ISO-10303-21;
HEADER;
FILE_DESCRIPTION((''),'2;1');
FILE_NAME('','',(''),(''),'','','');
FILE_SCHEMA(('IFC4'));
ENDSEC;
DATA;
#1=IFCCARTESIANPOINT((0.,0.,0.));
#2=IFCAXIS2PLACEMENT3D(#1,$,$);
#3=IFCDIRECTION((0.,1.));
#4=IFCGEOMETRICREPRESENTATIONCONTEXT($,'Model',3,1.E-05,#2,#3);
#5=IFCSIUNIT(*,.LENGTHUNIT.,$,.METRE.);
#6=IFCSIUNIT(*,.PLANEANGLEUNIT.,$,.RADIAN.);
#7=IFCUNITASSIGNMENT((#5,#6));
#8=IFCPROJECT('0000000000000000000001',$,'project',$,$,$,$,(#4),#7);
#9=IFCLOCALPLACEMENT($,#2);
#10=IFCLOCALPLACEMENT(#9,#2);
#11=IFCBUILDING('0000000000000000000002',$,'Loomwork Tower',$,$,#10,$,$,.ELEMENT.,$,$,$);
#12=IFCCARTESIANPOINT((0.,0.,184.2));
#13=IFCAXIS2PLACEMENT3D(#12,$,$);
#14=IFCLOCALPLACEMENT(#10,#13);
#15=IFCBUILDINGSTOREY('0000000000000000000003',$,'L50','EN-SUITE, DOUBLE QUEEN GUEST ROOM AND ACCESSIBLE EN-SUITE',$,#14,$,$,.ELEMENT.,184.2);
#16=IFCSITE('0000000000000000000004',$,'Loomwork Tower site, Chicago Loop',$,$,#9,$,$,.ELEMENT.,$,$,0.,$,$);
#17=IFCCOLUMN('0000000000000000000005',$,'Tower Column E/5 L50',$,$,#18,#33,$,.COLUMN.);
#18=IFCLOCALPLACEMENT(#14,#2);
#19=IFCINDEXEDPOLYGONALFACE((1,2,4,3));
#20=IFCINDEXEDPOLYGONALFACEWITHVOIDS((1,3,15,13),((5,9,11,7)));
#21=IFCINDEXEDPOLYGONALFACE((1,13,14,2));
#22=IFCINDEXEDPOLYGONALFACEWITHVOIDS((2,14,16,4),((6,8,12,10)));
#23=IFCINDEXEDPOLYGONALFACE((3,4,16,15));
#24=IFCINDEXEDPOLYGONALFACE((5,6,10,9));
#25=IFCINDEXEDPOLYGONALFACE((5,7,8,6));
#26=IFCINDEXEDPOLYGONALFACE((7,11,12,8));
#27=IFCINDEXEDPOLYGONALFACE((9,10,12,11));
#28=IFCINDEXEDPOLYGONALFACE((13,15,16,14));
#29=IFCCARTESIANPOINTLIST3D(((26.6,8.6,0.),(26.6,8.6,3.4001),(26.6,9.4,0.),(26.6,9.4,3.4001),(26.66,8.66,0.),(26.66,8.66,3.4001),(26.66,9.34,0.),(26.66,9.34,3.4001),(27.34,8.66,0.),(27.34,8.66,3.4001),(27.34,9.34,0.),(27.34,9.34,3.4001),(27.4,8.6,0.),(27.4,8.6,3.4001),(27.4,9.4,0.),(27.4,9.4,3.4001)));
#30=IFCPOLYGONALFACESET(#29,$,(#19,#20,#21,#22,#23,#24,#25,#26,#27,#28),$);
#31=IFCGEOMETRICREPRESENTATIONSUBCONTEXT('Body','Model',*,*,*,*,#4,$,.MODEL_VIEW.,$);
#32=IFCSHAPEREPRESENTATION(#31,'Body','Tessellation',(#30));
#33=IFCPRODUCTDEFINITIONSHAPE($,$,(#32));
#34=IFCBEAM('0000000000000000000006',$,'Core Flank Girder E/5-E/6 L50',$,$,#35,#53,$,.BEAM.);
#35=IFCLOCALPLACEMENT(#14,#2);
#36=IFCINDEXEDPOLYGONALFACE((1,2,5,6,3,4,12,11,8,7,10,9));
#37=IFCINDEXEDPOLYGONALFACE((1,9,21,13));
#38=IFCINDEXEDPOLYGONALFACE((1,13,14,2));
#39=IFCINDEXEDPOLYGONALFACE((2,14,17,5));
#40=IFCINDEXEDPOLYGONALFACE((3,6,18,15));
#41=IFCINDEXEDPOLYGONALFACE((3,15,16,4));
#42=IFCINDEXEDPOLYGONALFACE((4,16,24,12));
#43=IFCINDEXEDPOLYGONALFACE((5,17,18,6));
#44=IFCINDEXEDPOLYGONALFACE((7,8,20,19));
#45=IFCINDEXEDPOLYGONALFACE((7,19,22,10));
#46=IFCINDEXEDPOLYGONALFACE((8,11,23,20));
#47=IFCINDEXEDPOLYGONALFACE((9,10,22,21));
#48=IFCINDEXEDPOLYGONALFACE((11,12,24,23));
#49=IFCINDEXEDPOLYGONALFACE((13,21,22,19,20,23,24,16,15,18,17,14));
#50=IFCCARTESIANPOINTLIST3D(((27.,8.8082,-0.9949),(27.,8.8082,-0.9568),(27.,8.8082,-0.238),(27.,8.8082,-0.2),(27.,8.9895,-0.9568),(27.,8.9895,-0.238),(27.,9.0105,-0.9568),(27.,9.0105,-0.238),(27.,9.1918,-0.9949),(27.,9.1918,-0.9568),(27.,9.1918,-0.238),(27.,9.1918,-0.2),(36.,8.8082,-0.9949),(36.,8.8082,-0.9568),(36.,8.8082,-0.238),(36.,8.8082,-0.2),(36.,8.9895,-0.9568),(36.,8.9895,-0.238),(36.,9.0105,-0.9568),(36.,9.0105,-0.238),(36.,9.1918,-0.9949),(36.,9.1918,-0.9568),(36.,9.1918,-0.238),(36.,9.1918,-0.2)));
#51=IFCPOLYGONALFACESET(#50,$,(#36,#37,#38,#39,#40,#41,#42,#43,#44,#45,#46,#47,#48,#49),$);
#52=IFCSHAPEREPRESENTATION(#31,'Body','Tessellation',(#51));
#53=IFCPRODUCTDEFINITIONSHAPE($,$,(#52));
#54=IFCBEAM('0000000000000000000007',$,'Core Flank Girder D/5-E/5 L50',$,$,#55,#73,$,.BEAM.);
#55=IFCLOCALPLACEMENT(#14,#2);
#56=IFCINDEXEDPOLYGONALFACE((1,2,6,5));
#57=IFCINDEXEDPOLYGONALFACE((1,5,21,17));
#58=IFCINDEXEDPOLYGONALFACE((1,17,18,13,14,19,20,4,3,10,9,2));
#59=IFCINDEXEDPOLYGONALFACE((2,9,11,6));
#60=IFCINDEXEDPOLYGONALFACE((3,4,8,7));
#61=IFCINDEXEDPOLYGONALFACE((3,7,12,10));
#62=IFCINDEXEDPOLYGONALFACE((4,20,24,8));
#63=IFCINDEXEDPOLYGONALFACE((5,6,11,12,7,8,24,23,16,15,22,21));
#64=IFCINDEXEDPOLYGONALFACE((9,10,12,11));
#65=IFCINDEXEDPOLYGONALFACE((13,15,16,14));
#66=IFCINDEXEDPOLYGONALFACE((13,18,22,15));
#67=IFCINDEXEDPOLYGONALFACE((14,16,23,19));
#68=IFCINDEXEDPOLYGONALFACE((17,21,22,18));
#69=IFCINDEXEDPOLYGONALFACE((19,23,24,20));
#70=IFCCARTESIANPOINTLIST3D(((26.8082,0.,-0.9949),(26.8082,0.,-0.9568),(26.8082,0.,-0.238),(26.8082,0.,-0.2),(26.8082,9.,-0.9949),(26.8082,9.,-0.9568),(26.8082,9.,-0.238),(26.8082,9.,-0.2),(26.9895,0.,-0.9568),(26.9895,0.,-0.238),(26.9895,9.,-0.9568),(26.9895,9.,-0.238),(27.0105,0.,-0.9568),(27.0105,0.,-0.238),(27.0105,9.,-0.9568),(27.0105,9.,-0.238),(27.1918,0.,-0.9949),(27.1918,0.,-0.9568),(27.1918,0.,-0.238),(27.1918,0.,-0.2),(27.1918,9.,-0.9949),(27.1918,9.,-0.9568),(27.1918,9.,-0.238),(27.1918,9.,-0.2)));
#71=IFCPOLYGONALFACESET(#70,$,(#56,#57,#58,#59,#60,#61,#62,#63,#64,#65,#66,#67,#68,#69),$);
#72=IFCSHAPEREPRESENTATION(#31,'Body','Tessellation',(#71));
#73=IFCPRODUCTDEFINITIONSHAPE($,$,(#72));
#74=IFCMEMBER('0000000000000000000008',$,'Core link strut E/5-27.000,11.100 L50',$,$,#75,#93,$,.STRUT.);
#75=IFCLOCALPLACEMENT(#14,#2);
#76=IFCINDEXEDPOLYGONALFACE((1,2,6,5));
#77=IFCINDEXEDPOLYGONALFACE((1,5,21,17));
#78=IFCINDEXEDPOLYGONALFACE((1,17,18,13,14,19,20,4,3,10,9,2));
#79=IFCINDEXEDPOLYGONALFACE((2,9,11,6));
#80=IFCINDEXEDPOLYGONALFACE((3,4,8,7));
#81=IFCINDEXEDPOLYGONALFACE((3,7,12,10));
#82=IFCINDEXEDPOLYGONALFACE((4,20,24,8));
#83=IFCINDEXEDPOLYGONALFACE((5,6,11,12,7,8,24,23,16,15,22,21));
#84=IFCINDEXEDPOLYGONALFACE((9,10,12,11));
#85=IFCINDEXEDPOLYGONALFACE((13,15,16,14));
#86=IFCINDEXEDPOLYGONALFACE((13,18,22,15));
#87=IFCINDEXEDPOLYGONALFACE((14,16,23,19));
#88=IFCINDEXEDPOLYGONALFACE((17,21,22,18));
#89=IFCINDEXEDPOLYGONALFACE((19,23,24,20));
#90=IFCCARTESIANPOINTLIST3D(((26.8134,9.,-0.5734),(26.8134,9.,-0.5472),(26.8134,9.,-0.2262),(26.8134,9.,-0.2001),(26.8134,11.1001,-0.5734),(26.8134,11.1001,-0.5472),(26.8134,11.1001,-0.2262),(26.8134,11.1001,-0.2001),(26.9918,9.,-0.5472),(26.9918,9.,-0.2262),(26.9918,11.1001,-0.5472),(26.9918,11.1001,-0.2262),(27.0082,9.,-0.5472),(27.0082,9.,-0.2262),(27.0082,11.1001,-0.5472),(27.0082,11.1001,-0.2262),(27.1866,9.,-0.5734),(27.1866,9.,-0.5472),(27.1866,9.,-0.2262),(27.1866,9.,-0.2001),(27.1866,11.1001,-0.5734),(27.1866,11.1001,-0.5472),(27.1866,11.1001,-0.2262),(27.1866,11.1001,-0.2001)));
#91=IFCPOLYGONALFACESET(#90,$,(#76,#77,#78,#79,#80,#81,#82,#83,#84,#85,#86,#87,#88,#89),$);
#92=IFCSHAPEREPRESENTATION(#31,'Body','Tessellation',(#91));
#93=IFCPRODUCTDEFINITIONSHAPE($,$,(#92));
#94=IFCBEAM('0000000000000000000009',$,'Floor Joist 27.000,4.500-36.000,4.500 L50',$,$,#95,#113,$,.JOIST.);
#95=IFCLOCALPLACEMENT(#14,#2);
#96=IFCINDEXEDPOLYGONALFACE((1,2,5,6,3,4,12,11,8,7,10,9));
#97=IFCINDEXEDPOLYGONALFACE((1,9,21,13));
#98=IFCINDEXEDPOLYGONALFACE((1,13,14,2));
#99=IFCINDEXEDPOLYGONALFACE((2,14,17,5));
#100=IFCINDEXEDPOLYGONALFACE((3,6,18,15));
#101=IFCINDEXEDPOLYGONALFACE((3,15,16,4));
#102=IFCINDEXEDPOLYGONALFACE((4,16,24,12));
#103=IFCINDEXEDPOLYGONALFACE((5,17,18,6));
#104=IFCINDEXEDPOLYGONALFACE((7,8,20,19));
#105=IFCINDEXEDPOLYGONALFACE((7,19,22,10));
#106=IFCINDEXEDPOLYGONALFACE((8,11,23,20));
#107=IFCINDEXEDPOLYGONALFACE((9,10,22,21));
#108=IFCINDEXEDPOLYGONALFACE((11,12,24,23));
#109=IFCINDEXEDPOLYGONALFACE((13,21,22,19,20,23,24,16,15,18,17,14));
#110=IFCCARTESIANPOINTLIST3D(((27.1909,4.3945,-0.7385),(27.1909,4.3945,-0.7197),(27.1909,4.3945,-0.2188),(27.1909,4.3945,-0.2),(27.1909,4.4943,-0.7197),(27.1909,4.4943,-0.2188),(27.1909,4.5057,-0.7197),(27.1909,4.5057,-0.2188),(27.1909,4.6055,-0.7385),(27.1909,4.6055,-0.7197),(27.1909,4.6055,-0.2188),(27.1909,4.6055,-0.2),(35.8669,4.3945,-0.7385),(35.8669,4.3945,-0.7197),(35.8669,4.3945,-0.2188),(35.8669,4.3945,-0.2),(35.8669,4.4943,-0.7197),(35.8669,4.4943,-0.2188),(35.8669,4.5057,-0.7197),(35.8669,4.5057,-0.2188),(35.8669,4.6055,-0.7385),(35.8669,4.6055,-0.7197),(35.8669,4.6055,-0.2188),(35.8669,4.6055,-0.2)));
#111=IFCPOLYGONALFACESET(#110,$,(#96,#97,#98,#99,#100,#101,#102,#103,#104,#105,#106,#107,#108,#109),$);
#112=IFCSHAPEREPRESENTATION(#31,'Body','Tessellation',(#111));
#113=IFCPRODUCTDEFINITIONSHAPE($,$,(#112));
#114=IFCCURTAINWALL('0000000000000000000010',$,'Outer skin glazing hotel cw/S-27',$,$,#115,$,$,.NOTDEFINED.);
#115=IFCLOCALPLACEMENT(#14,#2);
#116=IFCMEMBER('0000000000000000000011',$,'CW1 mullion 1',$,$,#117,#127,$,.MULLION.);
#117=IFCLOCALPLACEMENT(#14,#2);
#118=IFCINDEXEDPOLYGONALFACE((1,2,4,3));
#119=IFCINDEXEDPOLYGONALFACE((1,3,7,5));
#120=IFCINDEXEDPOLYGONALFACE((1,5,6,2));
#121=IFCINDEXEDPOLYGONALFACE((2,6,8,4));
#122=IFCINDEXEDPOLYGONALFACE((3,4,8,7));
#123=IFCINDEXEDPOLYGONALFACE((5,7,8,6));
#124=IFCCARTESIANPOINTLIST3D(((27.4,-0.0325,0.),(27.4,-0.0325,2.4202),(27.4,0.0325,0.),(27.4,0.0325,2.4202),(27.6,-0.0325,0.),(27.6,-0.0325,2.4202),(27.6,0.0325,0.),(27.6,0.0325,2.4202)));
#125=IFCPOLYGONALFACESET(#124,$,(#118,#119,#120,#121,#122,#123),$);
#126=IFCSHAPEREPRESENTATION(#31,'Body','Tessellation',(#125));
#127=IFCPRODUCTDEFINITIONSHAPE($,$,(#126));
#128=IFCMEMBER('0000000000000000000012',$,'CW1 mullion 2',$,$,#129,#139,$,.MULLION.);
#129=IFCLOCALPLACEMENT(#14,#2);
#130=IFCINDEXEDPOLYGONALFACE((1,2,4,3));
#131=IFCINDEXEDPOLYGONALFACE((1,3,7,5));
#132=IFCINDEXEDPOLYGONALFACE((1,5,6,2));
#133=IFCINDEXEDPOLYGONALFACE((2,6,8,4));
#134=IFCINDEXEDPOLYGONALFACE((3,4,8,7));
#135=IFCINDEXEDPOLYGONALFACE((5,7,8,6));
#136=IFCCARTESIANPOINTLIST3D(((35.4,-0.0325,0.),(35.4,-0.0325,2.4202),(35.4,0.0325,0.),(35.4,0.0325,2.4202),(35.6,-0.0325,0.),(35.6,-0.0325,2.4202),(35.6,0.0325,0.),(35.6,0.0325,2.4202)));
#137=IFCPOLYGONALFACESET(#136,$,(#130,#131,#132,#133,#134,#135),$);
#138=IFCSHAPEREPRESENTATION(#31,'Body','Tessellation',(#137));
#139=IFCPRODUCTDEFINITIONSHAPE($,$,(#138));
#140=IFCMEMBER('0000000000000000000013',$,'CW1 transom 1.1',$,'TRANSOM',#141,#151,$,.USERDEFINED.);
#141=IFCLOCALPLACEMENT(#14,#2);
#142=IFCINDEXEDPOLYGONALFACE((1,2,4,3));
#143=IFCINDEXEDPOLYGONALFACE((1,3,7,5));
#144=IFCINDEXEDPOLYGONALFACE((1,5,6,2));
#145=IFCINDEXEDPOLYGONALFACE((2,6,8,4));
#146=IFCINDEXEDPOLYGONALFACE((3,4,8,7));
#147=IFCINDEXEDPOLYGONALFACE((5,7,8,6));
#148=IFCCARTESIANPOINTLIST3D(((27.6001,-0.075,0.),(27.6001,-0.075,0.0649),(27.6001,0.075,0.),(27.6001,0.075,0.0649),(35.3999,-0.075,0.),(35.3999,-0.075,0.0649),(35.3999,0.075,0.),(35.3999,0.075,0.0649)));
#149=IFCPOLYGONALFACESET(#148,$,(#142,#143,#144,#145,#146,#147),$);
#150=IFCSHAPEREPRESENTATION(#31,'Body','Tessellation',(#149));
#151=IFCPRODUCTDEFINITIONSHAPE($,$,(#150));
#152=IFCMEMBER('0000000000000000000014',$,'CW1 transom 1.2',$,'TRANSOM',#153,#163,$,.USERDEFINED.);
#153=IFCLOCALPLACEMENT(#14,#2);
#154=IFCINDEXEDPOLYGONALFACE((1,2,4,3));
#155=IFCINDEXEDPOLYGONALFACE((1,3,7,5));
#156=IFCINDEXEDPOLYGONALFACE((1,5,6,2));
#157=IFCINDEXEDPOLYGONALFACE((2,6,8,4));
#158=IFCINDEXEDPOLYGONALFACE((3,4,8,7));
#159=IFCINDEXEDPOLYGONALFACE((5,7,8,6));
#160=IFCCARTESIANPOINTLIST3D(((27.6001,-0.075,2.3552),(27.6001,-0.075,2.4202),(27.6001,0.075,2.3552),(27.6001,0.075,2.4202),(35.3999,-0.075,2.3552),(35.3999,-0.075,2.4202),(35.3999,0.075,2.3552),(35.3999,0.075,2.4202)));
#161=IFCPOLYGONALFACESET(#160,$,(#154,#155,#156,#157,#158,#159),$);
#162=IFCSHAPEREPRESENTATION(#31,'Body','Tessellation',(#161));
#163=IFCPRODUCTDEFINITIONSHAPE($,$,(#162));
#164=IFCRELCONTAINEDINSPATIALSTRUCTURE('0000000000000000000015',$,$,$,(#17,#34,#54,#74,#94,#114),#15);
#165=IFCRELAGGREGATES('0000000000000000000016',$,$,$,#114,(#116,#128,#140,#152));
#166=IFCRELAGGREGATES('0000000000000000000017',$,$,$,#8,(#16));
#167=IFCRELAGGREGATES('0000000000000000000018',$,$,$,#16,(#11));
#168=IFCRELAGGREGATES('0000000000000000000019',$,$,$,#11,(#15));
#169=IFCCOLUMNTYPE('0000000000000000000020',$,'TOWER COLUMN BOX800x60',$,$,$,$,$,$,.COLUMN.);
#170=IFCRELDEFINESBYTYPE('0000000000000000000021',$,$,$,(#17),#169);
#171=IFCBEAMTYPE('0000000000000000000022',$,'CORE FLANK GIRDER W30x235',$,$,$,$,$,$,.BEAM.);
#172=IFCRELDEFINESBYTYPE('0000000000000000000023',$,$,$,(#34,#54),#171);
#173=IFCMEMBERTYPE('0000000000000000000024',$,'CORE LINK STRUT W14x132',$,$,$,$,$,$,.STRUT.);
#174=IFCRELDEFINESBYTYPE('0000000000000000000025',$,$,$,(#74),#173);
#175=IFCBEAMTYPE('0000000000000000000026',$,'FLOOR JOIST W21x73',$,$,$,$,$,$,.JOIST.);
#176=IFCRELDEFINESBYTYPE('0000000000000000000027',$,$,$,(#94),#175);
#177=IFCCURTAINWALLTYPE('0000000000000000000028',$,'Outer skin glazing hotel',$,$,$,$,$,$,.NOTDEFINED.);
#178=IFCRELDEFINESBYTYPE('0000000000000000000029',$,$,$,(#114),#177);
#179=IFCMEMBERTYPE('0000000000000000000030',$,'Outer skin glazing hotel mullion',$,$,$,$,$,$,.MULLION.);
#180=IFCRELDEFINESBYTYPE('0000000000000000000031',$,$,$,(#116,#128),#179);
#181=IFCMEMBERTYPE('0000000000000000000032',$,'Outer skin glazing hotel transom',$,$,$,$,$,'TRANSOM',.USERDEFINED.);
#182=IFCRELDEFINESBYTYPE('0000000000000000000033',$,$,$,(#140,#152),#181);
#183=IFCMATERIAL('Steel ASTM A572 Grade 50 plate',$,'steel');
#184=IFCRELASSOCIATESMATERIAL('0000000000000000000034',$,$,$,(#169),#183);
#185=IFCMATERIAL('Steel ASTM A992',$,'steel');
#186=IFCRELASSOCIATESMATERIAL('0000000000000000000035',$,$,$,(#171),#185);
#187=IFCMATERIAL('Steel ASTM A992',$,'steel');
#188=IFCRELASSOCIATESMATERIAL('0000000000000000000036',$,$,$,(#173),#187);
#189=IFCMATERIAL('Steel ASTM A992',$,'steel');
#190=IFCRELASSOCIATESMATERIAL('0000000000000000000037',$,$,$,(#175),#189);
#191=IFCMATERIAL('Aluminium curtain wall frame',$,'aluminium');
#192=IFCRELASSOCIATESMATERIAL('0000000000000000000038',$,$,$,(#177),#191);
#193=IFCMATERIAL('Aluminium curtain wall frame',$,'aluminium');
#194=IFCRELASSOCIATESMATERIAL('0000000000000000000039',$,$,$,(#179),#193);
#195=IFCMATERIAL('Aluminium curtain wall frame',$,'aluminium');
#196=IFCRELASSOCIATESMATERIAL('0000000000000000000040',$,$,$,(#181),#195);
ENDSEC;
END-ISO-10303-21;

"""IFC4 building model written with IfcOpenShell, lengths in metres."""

from ifc_helpers import new_model, si_unit, direction, frame, origin, origin_2d, place, context, subcontext, project, spatial, rectangle, hollow_rectangle, i_section, extrude, material, material_profile, profile_set, type_object, element, aggregate, save


model = new_model("IFC4")

# Units and contexts
model_context = context("Model", 3, precision=1e-05, world=origin(), true_north=direction((0.0, 1.0)))
body_context = subcontext(model_context, "Body", "Model", "MODEL_VIEW")
ifc_project = project(units=[si_unit("LENGTHUNIT", "METRE"), si_unit("PLANEANGLEUNIT", "RADIAN")], contexts=[model_context])

# Site, building, storey
site_placement = place(None, origin())
site = spatial("IfcSite", under=ifc_project, at=site_placement, Name="Loomwork Tower site, Chicago Loop", CompositionType="ELEMENT", RefElevation=0.0)
building_placement = place(site_placement, origin())
building = spatial("IfcBuilding", under=site, at=building_placement, Name="Loomwork Tower", CompositionType="ELEMENT")
storey_placement = place(building_placement, frame((0.0, 0.0, 184.2)))
storey = spatial("IfcBuildingStorey", under=building, at=storey_placement, Name="L50", Description="EN-SUITE, DOUBLE QUEEN GUEST ROOM AND ACCESSIBLE EN-SUITE", CompositionType="ELEMENT", Elevation=184.2)

# Column
ifc_material_1 = material(Name="Steel ASTM A572 Grade 50 plate", Category="steel")
ifc_material_profile_1 = material_profile(ifc_material_1, hollow_rectangle(XDim=0.8, YDim=0.8, WallThickness=0.0601, at=origin_2d()), Name="BOX800x60")
ifc_profile_set_1 = profile_set([ifc_material_profile_1], Name="Steel ASTM A572 Grade 50 plate")
column_type = type_object("IfcColumnType", Name="TOWER COLUMN BOX800x60", PredefinedType="COLUMN", material=ifc_profile_set_1)
column_placement = place(storey_placement, frame((27.0, 9.0, 0.0), z_axis=(0.0, 0.0, 1.0), x_axis=(1.0, 0.0, 0.0)))
element("IfcColumn", 1, at=column_placement, inside=storey, type_object=column_type, Name="Tower Column E/5 L50", PredefinedType="COLUMN", context=body_context, shape_type="SweptSolid", body=[
    extrude(hollow_rectangle(XDim=0.8, YDim=0.8, WallThickness=0.0601, at=origin_2d()), origin(), (0.0, 0.0, 1.0), 3.4001),
])

# Beams
ifc_material_2 = material(Name="Steel ASTM A992", Category="steel")
ifc_material_profile_2 = material_profile(ifc_material_2, i_section(OverallWidth=0.3835, OverallDepth=0.7949, WebThickness=0.021, FlangeThickness=0.0381, at=origin_2d()), Name="W30x235")
ifc_profile_set_2 = profile_set([ifc_material_profile_2], Name="Steel ASTM A992")
beam_type_1 = type_object("IfcBeamType", Name="CORE FLANK GIRDER W30x235", PredefinedType="BEAM", material=ifc_profile_set_2)
for number, where, z_axis, x_axis, name in (
    (2, (27.0, 9.0, -0.5974), (1.0, 0.0, 0.0), (0.0, 1.0, 0.0), "Core Flank Girder E/5-E/6 L50"),
    (3, (27.0, 0.0, -0.5974), (0.0, 1.0, 0.0), (-1.0, 0.0, 0.0), "Core Flank Girder D/5-E/5 L50"),
):
    element("IfcBeam", number, at=place(storey_placement, frame(where, z_axis=z_axis, x_axis=x_axis)), inside=storey, type_object=beam_type_1, Name=name, PredefinedType="BEAM", context=body_context, shape_type="SweptSolid", body=[
        extrude(i_section(OverallWidth=0.3835, OverallDepth=0.7949, WebThickness=0.021, FlangeThickness=0.0381, at=origin_2d()), origin(), (0.0, 0.0, 1.0), 9.0),
    ])

# Member
ifc_material_3 = material(Name="Steel ASTM A992", Category="steel")
ifc_material_profile_3 = material_profile(ifc_material_3, i_section(OverallWidth=0.3733, OverallDepth=0.3733, WebThickness=0.0164, FlangeThickness=0.0261, at=origin_2d()), Name="W14x132")
ifc_profile_set_3 = profile_set([ifc_material_profile_3], Name="Steel ASTM A992")
member_type_1 = type_object("IfcMemberType", Name="CORE LINK STRUT W14x132", PredefinedType="STRUT", material=ifc_profile_set_3)
member_1_placement = place(storey_placement, frame((27.0, 9.0, -0.3867), z_axis=(0.0, 1.0, 0.0), x_axis=(-1.0, 0.0, 0.0)))
element("IfcMember", 4, at=member_1_placement, inside=storey, type_object=member_type_1, Name="Core link strut E/5-27.000,11.100 L50", PredefinedType="STRUT", context=body_context, shape_type="SweptSolid", body=[
    extrude(i_section(OverallWidth=0.3733, OverallDepth=0.3733, WebThickness=0.0164, FlangeThickness=0.0261, at=origin_2d()), origin(), (0.0, 0.0, 1.0), 2.1001),
])

# Beam
ifc_material_4 = material(Name="Steel ASTM A992", Category="steel")
ifc_material_profile_4 = material_profile(ifc_material_4, i_section(OverallWidth=0.2109, OverallDepth=0.5386, WebThickness=0.0115, FlangeThickness=0.0188, at=origin_2d()), Name="W21x73")
ifc_profile_set_4 = profile_set([ifc_material_profile_4], Name="Steel ASTM A992")
beam_type_2 = type_object("IfcBeamType", Name="FLOOR JOIST W21x73", PredefinedType="JOIST", material=ifc_profile_set_4)
beam_1_placement = place(storey_placement, frame((27.1909, 4.5, -0.4692), z_axis=(1.0, 0.0, 0.0), x_axis=(0.0, 1.0, 0.0)))
element("IfcBeam", 5, at=beam_1_placement, inside=storey, type_object=beam_type_2, Name="Floor Joist 27.000,4.500-36.000,4.500 L50", PredefinedType="JOIST", context=body_context, shape_type="SweptSolid", body=[
    extrude(i_section(OverallWidth=0.2109, OverallDepth=0.5386, WebThickness=0.0115, FlangeThickness=0.0188, at=origin_2d()), origin(), (0.0, 0.0, 1.0), 8.676),
])

# Curtain wall, members
ifc_material_5 = material(Name="Aluminium curtain wall frame", Category="aluminium")
curtain_wall_type = type_object("IfcCurtainWallType", Name="Outer skin glazing hotel", PredefinedType="NOTDEFINED", material=ifc_material_5)
curtain_wall_placement = place(storey_placement, origin())
curtain_wall = element("IfcCurtainWall", 6, at=curtain_wall_placement, inside=storey, type_object=curtain_wall_type, Name="Outer skin glazing hotel cw/S-27", PredefinedType="NOTDEFINED")
ifc_material_6 = material(Name="Aluminium curtain wall frame", Category="aluminium")
ifc_material_profile_5 = material_profile(ifc_material_6, rectangle(XDim=0.0649, YDim=0.2, at=origin_2d()), Name="AL 65x200")
ifc_profile_set_5 = profile_set([ifc_material_profile_5], Name="Aluminium curtain wall frame")
member_type_2 = type_object("IfcMemberType", Name="Outer skin glazing hotel mullion", PredefinedType="MULLION", material=ifc_profile_set_5)
member_2_placement = place(storey_placement, frame((27.5, 0.0, 0.0), z_axis=(0.0, 0.0, 1.0), x_axis=(0.0, 1.0, 0.0)))
member_2 = element("IfcMember", 7, at=member_2_placement, type_object=member_type_2, Name="CW1 mullion 1", PredefinedType="MULLION", context=body_context, shape_type="SweptSolid", body=[
    extrude(rectangle(XDim=0.0649, YDim=0.2, at=origin_2d()), origin(), (0.0, 0.0, 1.0), 2.4202),
])
member_3_placement = place(storey_placement, frame((35.5, 0.0, 0.0), z_axis=(0.0, 0.0, 1.0), x_axis=(0.0, 1.0, 0.0)))
member_3 = element("IfcMember", 8, at=member_3_placement, type_object=member_type_2, Name="CW1 mullion 2", PredefinedType="MULLION", context=body_context, shape_type="SweptSolid", body=[
    extrude(rectangle(XDim=0.0649, YDim=0.2, at=origin_2d()), origin(), (0.0, 0.0, 1.0), 2.4202),
])
ifc_material_7 = material(Name="Aluminium curtain wall frame", Category="aluminium")
ifc_material_profile_6 = material_profile(ifc_material_7, rectangle(XDim=0.1499, YDim=0.0649, at=origin_2d()), Name="AL 65x150")
ifc_profile_set_6 = profile_set([ifc_material_profile_6], Name="Aluminium curtain wall frame")
member_type_3 = type_object("IfcMemberType", Name="Outer skin glazing hotel transom", ElementType="TRANSOM", PredefinedType="USERDEFINED", material=ifc_profile_set_6)
member_4_placement = place(storey_placement, frame((27.6001, 0.0, 0.0325), z_axis=(1.0, 0.0, 0.0), x_axis=(0.0, 1.0, 0.0)))
member_4 = element("IfcMember", 9, at=member_4_placement, type_object=member_type_3, Name="CW1 transom 1.1", ObjectType="TRANSOM", PredefinedType="USERDEFINED", context=body_context, shape_type="SweptSolid", body=[
    extrude(rectangle(XDim=0.1499, YDim=0.0649, at=origin_2d()), origin(), (0.0, 0.0, 1.0), 7.7998),
])
member_5_placement = place(storey_placement, frame((27.6001, 0.0, 2.3877), z_axis=(1.0, 0.0, 0.0), x_axis=(0.0, 1.0, 0.0)))
member_5 = element("IfcMember", 10, at=member_5_placement, type_object=member_type_3, Name="CW1 transom 1.2", ObjectType="TRANSOM", PredefinedType="USERDEFINED", context=body_context, shape_type="SweptSolid", body=[
    extrude(rectangle(XDim=0.1499, YDim=0.0649, at=origin_2d()), origin(), (0.0, 0.0, 1.0), 7.7998),
])

aggregate(curtain_wall, [member_2, member_3, member_4, member_5])

save(model, "model.ifc")
